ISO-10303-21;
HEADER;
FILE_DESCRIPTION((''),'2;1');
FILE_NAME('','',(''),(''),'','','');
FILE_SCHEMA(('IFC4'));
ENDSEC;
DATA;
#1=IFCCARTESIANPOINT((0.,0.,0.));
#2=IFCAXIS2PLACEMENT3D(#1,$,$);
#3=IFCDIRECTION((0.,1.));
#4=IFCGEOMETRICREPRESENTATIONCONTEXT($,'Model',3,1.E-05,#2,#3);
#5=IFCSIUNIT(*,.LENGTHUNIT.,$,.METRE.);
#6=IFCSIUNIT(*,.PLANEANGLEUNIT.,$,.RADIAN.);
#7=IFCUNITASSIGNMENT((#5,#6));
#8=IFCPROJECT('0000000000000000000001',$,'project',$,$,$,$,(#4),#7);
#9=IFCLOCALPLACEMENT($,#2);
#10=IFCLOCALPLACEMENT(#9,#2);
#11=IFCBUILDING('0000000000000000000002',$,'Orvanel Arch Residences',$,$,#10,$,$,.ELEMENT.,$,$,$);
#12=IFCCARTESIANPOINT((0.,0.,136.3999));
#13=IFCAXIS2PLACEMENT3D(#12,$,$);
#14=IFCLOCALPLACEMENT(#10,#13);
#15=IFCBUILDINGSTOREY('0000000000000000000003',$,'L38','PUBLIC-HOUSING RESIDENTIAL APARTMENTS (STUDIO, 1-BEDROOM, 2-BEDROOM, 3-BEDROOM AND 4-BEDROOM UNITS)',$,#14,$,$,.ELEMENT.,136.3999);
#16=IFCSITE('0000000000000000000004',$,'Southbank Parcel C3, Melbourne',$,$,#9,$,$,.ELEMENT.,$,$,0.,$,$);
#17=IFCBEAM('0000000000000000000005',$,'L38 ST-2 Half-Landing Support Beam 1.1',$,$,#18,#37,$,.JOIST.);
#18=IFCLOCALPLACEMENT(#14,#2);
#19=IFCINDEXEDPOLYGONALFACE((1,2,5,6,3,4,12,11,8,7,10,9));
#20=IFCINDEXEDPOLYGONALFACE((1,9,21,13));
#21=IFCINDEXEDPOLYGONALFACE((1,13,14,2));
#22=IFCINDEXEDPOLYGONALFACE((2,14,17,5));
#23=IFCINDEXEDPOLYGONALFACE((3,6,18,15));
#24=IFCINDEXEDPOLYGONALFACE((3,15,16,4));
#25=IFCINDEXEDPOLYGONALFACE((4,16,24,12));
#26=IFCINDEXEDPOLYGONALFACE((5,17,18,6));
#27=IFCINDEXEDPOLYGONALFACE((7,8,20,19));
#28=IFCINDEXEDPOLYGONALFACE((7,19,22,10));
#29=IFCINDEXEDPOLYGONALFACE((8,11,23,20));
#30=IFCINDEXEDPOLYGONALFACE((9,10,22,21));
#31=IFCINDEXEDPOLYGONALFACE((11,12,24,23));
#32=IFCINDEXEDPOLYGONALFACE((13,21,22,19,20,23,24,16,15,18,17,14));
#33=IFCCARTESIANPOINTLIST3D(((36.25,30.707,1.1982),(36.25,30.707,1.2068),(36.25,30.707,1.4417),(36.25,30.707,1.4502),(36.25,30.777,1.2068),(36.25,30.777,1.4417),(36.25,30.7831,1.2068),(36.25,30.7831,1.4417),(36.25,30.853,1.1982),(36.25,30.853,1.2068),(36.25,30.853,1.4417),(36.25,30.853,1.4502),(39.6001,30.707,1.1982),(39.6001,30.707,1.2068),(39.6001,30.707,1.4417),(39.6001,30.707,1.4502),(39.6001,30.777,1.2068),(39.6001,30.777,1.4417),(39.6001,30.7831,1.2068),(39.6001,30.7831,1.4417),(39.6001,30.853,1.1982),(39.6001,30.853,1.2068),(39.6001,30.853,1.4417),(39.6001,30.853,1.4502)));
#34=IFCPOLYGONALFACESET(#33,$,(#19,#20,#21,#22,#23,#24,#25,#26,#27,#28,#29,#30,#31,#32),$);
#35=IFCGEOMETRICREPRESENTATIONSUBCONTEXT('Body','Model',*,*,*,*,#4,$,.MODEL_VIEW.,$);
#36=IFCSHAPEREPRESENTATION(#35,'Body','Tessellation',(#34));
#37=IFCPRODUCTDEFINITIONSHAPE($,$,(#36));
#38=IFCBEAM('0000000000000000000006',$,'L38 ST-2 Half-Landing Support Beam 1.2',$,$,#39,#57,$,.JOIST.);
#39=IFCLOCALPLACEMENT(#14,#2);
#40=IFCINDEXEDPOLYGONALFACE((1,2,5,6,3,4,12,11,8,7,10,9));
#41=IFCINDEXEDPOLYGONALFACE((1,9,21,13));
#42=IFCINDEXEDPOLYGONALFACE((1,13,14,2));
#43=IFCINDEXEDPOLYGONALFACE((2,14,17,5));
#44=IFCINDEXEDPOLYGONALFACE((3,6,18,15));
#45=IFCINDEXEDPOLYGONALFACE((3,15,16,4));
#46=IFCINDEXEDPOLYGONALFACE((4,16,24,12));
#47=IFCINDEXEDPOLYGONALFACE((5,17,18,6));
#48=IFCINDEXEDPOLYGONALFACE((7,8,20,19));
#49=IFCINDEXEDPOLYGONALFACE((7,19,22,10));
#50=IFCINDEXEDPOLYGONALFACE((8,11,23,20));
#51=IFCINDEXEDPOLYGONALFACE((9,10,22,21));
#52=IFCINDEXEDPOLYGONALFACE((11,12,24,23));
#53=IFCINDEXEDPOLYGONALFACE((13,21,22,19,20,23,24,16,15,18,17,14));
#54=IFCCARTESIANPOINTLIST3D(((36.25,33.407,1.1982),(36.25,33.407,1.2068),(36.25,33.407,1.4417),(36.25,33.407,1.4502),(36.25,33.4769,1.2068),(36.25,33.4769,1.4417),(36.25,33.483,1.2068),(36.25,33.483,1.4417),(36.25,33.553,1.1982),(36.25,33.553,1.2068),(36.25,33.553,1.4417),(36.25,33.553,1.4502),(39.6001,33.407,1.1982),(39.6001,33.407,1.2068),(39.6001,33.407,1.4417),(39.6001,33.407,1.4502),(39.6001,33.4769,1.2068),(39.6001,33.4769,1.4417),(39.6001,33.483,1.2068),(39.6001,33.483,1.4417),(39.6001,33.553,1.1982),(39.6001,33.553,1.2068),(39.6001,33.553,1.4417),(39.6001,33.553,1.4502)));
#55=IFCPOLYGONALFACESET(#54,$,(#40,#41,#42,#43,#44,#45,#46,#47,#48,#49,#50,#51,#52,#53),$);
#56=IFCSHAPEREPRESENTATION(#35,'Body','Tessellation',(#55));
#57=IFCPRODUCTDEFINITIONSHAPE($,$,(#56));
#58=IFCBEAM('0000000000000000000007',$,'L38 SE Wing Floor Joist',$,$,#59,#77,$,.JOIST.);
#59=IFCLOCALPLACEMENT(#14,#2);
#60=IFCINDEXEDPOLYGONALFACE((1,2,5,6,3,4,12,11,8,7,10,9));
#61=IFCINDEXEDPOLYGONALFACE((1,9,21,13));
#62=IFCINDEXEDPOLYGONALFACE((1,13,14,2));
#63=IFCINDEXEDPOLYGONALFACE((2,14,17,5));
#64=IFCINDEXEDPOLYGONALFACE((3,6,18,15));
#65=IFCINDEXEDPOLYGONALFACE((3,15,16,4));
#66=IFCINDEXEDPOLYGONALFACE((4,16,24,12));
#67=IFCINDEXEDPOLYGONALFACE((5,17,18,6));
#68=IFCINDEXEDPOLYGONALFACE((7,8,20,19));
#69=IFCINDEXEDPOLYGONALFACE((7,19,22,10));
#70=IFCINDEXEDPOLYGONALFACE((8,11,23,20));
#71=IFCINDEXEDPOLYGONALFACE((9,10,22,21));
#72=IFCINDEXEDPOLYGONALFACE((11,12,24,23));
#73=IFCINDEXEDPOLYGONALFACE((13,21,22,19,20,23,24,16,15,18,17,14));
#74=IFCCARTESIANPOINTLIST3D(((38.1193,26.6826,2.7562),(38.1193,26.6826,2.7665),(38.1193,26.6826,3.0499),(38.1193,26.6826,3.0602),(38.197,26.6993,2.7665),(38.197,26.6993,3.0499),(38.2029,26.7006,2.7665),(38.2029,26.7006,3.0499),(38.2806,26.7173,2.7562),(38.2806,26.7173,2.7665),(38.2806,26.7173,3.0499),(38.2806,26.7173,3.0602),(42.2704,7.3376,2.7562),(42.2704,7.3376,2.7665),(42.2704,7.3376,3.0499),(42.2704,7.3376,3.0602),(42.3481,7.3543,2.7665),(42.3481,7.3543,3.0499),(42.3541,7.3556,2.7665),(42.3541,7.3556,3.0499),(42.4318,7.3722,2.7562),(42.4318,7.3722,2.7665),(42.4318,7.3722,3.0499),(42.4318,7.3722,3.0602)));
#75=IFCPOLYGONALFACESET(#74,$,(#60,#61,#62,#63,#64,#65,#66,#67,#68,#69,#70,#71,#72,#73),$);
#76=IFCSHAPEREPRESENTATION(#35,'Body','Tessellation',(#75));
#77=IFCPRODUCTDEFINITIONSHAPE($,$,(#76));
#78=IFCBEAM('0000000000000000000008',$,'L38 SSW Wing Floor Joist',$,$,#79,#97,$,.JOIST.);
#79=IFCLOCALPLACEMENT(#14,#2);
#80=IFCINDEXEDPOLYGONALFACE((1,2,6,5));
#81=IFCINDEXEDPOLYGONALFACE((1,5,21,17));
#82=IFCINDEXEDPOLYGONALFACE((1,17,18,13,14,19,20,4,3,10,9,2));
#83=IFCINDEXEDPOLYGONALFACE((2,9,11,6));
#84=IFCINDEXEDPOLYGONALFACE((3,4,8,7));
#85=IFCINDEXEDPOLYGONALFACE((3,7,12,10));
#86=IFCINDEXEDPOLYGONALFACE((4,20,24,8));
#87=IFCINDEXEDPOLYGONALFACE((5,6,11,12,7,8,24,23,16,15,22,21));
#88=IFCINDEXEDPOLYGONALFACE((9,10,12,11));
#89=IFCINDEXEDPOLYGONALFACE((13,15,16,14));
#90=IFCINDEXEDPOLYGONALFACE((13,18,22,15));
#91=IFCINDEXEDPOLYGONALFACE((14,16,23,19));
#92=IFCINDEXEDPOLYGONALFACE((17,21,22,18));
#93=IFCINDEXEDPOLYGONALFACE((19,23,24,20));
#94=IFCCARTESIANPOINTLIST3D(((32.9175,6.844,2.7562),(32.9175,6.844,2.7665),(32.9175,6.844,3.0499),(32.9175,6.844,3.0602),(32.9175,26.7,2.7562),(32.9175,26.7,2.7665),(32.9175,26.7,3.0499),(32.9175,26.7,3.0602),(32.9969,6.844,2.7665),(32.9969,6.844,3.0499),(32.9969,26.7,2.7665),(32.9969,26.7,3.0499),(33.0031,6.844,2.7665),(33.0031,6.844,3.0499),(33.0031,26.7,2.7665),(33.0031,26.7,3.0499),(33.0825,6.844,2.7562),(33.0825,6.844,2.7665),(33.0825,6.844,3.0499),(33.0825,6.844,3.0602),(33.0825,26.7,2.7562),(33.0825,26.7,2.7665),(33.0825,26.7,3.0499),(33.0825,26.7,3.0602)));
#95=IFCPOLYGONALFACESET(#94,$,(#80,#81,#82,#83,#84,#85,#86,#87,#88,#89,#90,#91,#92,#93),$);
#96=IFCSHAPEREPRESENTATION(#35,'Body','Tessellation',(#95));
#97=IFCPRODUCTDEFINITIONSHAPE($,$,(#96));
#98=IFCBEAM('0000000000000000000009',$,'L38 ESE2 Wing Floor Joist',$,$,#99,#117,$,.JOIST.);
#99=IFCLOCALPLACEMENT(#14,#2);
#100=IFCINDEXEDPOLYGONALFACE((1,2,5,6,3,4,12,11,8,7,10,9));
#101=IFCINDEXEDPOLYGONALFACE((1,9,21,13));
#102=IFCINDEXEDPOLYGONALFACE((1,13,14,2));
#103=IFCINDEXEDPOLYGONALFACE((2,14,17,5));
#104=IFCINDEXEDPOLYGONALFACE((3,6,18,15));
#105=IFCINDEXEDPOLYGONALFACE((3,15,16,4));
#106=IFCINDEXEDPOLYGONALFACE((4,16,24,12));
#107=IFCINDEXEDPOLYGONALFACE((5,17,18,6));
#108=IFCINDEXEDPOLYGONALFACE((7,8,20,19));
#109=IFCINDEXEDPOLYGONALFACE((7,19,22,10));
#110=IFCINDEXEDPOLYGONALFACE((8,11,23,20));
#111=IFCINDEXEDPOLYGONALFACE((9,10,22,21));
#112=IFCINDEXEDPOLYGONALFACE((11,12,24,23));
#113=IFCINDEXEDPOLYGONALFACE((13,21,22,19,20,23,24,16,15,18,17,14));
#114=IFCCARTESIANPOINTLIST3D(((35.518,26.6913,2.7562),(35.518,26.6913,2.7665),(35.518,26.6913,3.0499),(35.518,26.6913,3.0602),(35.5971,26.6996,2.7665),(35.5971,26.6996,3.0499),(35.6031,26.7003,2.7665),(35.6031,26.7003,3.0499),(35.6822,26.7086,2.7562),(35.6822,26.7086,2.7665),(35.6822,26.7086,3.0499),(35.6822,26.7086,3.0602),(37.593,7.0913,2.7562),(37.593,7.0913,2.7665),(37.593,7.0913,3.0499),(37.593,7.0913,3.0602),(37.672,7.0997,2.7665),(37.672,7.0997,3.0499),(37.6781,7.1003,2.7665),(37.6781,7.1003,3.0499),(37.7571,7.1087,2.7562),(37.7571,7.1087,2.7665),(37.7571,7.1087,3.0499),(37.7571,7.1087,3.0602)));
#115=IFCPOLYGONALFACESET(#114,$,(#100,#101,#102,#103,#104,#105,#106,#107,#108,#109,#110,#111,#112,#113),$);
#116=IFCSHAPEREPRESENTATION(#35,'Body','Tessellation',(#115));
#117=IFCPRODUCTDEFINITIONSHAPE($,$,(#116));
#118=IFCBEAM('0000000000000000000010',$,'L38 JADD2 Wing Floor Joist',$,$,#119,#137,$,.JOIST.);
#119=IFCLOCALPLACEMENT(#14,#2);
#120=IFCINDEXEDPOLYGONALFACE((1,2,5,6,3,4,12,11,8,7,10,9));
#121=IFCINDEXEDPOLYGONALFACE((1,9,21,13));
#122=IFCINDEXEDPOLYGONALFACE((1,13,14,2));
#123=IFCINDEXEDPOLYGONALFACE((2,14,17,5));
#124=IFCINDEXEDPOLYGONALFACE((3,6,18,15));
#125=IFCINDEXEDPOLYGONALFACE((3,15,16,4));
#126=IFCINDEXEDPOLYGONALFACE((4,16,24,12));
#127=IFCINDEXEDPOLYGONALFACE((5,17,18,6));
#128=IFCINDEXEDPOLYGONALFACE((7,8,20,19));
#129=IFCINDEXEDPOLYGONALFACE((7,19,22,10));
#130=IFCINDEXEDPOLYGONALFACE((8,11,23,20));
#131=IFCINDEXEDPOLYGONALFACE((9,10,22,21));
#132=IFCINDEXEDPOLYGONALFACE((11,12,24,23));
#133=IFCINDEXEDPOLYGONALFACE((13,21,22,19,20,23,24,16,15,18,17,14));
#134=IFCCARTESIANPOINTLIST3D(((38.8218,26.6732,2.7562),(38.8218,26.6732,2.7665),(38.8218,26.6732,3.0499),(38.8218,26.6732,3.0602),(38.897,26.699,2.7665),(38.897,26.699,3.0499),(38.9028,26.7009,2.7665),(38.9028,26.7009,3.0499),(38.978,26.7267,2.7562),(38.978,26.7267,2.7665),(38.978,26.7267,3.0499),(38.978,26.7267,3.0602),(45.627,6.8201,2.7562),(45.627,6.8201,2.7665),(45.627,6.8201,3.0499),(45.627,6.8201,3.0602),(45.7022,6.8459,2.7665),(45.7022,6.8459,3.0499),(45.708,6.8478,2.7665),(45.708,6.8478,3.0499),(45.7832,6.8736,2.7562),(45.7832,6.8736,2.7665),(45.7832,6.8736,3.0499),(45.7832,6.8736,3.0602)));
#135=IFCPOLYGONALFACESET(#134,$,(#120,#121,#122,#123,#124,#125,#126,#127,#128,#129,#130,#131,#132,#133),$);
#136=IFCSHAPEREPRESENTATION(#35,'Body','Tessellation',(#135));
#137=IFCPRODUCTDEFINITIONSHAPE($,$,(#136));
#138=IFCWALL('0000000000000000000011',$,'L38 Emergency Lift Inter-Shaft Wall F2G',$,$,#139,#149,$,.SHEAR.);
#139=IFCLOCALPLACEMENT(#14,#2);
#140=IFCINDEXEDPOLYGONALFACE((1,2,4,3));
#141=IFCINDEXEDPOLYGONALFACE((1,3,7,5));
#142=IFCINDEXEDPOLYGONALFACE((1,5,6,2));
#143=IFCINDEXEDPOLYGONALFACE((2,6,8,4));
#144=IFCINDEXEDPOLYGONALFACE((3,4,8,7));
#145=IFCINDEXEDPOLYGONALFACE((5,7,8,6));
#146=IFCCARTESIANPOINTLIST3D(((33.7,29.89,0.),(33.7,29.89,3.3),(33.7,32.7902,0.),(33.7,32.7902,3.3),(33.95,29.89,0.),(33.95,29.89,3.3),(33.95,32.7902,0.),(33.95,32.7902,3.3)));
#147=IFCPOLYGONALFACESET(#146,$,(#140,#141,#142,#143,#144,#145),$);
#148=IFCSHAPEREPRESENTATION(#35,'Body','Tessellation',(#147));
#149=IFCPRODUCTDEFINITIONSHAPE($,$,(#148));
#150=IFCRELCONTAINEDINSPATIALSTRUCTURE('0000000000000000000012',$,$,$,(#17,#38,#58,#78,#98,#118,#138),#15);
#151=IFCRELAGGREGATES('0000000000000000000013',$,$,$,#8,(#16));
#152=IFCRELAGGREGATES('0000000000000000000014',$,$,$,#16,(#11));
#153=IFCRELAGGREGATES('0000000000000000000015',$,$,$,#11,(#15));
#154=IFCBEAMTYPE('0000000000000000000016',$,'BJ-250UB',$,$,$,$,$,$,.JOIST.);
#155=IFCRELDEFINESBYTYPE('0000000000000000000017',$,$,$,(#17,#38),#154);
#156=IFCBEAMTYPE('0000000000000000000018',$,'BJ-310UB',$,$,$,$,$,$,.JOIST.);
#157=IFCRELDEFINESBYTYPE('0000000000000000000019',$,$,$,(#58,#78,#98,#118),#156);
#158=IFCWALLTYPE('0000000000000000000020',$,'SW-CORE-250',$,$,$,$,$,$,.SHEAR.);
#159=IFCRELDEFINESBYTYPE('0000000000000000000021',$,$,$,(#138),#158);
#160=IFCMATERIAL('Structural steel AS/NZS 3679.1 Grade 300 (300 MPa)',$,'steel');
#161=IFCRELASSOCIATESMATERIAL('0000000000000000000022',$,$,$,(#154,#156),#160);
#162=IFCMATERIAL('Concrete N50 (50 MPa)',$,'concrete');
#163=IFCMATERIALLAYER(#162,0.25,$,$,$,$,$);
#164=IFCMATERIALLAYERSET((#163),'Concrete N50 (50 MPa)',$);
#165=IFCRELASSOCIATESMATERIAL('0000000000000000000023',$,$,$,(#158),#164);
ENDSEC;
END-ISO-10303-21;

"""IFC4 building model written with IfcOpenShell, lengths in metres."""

from ifc_helpers import new_model, si_unit, direction, frame, frame_2d, origin, origin_2d, place, context, subcontext, project, spatial, rectangle, i_section, extrude, material, layer, layer_set, material_profile, profile_set, type_object, element, save


model = new_model("IFC4")

# Units and contexts
model_context = context("Model", 3, precision=1e-05, world=origin(), true_north=direction((0.0, 1.0)))
body_context = subcontext(model_context, "Body", "Model", "MODEL_VIEW")
ifc_project = project(units=[si_unit("LENGTHUNIT", "METRE"), si_unit("PLANEANGLEUNIT", "RADIAN")], contexts=[model_context])

# Site, building, storey
site_placement = place(None, origin())
site = spatial("IfcSite", under=ifc_project, at=site_placement, Name="Southbank Parcel C3, Melbourne", CompositionType="ELEMENT", RefElevation=0.0)
building_placement = place(site_placement, origin())
building = spatial("IfcBuilding", under=site, at=building_placement, Name="Orvanel Arch Residences", CompositionType="ELEMENT")
storey_placement = place(building_placement, frame((0.0, 0.0, 136.3999)))
storey = spatial("IfcBuildingStorey", under=building, at=storey_placement, Name="L38", Description="PUBLIC-HOUSING RESIDENTIAL APARTMENTS (STUDIO, 1-BEDROOM, 2-BEDROOM, 3-BEDROOM AND 4-BEDROOM UNITS)", CompositionType="ELEMENT", Elevation=136.3999)

# Beams
ifc_material_1 = material(Name="Structural steel AS/NZS 3679.1 Grade 300 (300 MPa)", Category="steel")
ifc_material_profile_1 = material_profile(ifc_material_1, i_section(OverallWidth=0.146, OverallDepth=0.252, WebThickness=0.0061, FlangeThickness=0.0085, at=origin_2d()), Name="250UB31.4")
ifc_profile_set_1 = profile_set([ifc_material_profile_1], Name="Structural steel AS/NZS 3679.1 Grade 300 (300 MPa)")
beam_type_1 = type_object("IfcBeamType", Name="BJ-250UB", PredefinedType="JOIST", material=ifc_profile_set_1)
for number, where, z_axis, x_axis, name in (
    (1, (36.25, 30.78, 1.3242), (1.0, 0.0, 0.0), (0.0, 1.0, 0.0), "L38 ST-2 Half-Landing Support Beam 1.1"),
    (2, (36.25, 33.48, 1.3242), (1.0, 0.0, 0.0), (0.0, 1.0, 0.0), "L38 ST-2 Half-Landing Support Beam 1.2"),
):
    element("IfcBeam", number, at=place(storey_placement, frame(where, z_axis=z_axis, x_axis=x_axis)), inside=storey, type_object=beam_type_1, Name=name, PredefinedType="JOIST", context=body_context, shape_type="SweptSolid", body=[
        extrude(i_section(OverallWidth=0.146, OverallDepth=0.252, WebThickness=0.0061, FlangeThickness=0.0085, at=origin_2d()), origin(), (0.0, 0.0, 1.0), 3.3501),
    ])
ifc_material_profile_2 = material_profile(ifc_material_1, i_section(OverallWidth=0.165, OverallDepth=0.304, WebThickness=0.0061, FlangeThickness=0.0103, at=origin_2d()), Name="310UB40.4")
ifc_profile_set_2 = profile_set([ifc_material_profile_2], Name="Structural steel AS/NZS 3679.1 Grade 300 (300 MPa)")
beam_type_2 = type_object("IfcBeamType", Name="BJ-310UB", PredefinedType="JOIST", material=ifc_profile_set_2)
beam_1_placement = place(storey_placement, frame((38.2, 26.7, 2.9082), z_axis=(0.209808, -0.977743, 0.0), x_axis=(0.977743, 0.209808, 0.0)))
element("IfcBeam", 3, at=beam_1_placement, inside=storey, type_object=beam_type_2, Name="L38 SE Wing Floor Joist", PredefinedType="JOIST", context=body_context, shape_type="SweptSolid", body=[
    extrude(i_section(OverallWidth=0.165, OverallDepth=0.304, WebThickness=0.0061, FlangeThickness=0.0103, at=origin_2d()), origin(), (0.0, 0.0, 1.0), 19.7854),
])
beam_2_placement = place(storey_placement, frame((33.0, 26.7, 2.9082), z_axis=(0.0, -1.0, 0.0), x_axis=(1.0, 0.0, 0.0)))
element("IfcBeam", 4, at=beam_2_placement, inside=storey, type_object=beam_type_2, Name="L38 SSW Wing Floor Joist", PredefinedType="JOIST", context=body_context, shape_type="SweptSolid", body=[
    extrude(i_section(OverallWidth=0.165, OverallDepth=0.304, WebThickness=0.0061, FlangeThickness=0.0103, at=origin_2d()), origin(), (0.0, 0.0, 1.0), 19.856),
])
beam_3_placement = place(storey_placement, frame((35.6001, 26.7, 2.9082), z_axis=(0.105277, -0.994443, 0.0), x_axis=(0.994443, 0.105277, 0.0)))
element("IfcBeam", 5, at=beam_3_placement, inside=storey, type_object=beam_type_2, Name="L38 ESE2 Wing Floor Joist", PredefinedType="JOIST", context=body_context, shape_type="SweptSolid", body=[
    extrude(i_section(OverallWidth=0.165, OverallDepth=0.304, WebThickness=0.0061, FlangeThickness=0.0103, at=origin_2d()), origin(), (0.0, 0.0, 1.0), 19.7095),
])
beam_4_placement = place(storey_placement, frame((38.8999, 26.7, 2.9082), z_axis=(0.324257, -0.945969, 0.0), x_axis=(0.945969, 0.324257, 0.0)))
element("IfcBeam", 6, at=beam_4_placement, inside=storey, type_object=beam_type_2, Name="L38 JADD2 Wing Floor Joist", PredefinedType="JOIST", context=body_context, shape_type="SweptSolid", body=[
    extrude(i_section(OverallWidth=0.165, OverallDepth=0.304, WebThickness=0.0061, FlangeThickness=0.0103, at=origin_2d()), origin(), (0.0, 0.0, 1.0), 20.9871),
])

# Wall
ifc_material_2 = material(Name="Concrete N50 (50 MPa)", Category="concrete")
ifc_layer_1 = layer(ifc_material_2, 0.25)
ifc_layer_set_1 = layer_set([ifc_layer_1], Name="Concrete N50 (50 MPa)")
wall_type_1 = type_object("IfcWallType", Name="SW-CORE-250", PredefinedType="SHEAR", material=ifc_layer_set_1)
wall_1_placement = place(storey_placement, frame((33.825, 29.8899, 0.0), z_axis=(0.0, 0.0, 1.0), x_axis=(0.0, 1.0, 0.0)))
element("IfcWall", 7, at=wall_1_placement, inside=storey, type_object=wall_type_1, Name="L38 Emergency Lift Inter-Shaft Wall F2G", PredefinedType="SHEAR", context=body_context, shape_type="SweptSolid", body=[
    extrude(rectangle(XDim=2.9001, YDim=0.25, at=frame_2d((1.4502, 0.0))), origin(), (0.0, 0.0, 1.0), 3.3),
])

save(model, "model.ifc")
